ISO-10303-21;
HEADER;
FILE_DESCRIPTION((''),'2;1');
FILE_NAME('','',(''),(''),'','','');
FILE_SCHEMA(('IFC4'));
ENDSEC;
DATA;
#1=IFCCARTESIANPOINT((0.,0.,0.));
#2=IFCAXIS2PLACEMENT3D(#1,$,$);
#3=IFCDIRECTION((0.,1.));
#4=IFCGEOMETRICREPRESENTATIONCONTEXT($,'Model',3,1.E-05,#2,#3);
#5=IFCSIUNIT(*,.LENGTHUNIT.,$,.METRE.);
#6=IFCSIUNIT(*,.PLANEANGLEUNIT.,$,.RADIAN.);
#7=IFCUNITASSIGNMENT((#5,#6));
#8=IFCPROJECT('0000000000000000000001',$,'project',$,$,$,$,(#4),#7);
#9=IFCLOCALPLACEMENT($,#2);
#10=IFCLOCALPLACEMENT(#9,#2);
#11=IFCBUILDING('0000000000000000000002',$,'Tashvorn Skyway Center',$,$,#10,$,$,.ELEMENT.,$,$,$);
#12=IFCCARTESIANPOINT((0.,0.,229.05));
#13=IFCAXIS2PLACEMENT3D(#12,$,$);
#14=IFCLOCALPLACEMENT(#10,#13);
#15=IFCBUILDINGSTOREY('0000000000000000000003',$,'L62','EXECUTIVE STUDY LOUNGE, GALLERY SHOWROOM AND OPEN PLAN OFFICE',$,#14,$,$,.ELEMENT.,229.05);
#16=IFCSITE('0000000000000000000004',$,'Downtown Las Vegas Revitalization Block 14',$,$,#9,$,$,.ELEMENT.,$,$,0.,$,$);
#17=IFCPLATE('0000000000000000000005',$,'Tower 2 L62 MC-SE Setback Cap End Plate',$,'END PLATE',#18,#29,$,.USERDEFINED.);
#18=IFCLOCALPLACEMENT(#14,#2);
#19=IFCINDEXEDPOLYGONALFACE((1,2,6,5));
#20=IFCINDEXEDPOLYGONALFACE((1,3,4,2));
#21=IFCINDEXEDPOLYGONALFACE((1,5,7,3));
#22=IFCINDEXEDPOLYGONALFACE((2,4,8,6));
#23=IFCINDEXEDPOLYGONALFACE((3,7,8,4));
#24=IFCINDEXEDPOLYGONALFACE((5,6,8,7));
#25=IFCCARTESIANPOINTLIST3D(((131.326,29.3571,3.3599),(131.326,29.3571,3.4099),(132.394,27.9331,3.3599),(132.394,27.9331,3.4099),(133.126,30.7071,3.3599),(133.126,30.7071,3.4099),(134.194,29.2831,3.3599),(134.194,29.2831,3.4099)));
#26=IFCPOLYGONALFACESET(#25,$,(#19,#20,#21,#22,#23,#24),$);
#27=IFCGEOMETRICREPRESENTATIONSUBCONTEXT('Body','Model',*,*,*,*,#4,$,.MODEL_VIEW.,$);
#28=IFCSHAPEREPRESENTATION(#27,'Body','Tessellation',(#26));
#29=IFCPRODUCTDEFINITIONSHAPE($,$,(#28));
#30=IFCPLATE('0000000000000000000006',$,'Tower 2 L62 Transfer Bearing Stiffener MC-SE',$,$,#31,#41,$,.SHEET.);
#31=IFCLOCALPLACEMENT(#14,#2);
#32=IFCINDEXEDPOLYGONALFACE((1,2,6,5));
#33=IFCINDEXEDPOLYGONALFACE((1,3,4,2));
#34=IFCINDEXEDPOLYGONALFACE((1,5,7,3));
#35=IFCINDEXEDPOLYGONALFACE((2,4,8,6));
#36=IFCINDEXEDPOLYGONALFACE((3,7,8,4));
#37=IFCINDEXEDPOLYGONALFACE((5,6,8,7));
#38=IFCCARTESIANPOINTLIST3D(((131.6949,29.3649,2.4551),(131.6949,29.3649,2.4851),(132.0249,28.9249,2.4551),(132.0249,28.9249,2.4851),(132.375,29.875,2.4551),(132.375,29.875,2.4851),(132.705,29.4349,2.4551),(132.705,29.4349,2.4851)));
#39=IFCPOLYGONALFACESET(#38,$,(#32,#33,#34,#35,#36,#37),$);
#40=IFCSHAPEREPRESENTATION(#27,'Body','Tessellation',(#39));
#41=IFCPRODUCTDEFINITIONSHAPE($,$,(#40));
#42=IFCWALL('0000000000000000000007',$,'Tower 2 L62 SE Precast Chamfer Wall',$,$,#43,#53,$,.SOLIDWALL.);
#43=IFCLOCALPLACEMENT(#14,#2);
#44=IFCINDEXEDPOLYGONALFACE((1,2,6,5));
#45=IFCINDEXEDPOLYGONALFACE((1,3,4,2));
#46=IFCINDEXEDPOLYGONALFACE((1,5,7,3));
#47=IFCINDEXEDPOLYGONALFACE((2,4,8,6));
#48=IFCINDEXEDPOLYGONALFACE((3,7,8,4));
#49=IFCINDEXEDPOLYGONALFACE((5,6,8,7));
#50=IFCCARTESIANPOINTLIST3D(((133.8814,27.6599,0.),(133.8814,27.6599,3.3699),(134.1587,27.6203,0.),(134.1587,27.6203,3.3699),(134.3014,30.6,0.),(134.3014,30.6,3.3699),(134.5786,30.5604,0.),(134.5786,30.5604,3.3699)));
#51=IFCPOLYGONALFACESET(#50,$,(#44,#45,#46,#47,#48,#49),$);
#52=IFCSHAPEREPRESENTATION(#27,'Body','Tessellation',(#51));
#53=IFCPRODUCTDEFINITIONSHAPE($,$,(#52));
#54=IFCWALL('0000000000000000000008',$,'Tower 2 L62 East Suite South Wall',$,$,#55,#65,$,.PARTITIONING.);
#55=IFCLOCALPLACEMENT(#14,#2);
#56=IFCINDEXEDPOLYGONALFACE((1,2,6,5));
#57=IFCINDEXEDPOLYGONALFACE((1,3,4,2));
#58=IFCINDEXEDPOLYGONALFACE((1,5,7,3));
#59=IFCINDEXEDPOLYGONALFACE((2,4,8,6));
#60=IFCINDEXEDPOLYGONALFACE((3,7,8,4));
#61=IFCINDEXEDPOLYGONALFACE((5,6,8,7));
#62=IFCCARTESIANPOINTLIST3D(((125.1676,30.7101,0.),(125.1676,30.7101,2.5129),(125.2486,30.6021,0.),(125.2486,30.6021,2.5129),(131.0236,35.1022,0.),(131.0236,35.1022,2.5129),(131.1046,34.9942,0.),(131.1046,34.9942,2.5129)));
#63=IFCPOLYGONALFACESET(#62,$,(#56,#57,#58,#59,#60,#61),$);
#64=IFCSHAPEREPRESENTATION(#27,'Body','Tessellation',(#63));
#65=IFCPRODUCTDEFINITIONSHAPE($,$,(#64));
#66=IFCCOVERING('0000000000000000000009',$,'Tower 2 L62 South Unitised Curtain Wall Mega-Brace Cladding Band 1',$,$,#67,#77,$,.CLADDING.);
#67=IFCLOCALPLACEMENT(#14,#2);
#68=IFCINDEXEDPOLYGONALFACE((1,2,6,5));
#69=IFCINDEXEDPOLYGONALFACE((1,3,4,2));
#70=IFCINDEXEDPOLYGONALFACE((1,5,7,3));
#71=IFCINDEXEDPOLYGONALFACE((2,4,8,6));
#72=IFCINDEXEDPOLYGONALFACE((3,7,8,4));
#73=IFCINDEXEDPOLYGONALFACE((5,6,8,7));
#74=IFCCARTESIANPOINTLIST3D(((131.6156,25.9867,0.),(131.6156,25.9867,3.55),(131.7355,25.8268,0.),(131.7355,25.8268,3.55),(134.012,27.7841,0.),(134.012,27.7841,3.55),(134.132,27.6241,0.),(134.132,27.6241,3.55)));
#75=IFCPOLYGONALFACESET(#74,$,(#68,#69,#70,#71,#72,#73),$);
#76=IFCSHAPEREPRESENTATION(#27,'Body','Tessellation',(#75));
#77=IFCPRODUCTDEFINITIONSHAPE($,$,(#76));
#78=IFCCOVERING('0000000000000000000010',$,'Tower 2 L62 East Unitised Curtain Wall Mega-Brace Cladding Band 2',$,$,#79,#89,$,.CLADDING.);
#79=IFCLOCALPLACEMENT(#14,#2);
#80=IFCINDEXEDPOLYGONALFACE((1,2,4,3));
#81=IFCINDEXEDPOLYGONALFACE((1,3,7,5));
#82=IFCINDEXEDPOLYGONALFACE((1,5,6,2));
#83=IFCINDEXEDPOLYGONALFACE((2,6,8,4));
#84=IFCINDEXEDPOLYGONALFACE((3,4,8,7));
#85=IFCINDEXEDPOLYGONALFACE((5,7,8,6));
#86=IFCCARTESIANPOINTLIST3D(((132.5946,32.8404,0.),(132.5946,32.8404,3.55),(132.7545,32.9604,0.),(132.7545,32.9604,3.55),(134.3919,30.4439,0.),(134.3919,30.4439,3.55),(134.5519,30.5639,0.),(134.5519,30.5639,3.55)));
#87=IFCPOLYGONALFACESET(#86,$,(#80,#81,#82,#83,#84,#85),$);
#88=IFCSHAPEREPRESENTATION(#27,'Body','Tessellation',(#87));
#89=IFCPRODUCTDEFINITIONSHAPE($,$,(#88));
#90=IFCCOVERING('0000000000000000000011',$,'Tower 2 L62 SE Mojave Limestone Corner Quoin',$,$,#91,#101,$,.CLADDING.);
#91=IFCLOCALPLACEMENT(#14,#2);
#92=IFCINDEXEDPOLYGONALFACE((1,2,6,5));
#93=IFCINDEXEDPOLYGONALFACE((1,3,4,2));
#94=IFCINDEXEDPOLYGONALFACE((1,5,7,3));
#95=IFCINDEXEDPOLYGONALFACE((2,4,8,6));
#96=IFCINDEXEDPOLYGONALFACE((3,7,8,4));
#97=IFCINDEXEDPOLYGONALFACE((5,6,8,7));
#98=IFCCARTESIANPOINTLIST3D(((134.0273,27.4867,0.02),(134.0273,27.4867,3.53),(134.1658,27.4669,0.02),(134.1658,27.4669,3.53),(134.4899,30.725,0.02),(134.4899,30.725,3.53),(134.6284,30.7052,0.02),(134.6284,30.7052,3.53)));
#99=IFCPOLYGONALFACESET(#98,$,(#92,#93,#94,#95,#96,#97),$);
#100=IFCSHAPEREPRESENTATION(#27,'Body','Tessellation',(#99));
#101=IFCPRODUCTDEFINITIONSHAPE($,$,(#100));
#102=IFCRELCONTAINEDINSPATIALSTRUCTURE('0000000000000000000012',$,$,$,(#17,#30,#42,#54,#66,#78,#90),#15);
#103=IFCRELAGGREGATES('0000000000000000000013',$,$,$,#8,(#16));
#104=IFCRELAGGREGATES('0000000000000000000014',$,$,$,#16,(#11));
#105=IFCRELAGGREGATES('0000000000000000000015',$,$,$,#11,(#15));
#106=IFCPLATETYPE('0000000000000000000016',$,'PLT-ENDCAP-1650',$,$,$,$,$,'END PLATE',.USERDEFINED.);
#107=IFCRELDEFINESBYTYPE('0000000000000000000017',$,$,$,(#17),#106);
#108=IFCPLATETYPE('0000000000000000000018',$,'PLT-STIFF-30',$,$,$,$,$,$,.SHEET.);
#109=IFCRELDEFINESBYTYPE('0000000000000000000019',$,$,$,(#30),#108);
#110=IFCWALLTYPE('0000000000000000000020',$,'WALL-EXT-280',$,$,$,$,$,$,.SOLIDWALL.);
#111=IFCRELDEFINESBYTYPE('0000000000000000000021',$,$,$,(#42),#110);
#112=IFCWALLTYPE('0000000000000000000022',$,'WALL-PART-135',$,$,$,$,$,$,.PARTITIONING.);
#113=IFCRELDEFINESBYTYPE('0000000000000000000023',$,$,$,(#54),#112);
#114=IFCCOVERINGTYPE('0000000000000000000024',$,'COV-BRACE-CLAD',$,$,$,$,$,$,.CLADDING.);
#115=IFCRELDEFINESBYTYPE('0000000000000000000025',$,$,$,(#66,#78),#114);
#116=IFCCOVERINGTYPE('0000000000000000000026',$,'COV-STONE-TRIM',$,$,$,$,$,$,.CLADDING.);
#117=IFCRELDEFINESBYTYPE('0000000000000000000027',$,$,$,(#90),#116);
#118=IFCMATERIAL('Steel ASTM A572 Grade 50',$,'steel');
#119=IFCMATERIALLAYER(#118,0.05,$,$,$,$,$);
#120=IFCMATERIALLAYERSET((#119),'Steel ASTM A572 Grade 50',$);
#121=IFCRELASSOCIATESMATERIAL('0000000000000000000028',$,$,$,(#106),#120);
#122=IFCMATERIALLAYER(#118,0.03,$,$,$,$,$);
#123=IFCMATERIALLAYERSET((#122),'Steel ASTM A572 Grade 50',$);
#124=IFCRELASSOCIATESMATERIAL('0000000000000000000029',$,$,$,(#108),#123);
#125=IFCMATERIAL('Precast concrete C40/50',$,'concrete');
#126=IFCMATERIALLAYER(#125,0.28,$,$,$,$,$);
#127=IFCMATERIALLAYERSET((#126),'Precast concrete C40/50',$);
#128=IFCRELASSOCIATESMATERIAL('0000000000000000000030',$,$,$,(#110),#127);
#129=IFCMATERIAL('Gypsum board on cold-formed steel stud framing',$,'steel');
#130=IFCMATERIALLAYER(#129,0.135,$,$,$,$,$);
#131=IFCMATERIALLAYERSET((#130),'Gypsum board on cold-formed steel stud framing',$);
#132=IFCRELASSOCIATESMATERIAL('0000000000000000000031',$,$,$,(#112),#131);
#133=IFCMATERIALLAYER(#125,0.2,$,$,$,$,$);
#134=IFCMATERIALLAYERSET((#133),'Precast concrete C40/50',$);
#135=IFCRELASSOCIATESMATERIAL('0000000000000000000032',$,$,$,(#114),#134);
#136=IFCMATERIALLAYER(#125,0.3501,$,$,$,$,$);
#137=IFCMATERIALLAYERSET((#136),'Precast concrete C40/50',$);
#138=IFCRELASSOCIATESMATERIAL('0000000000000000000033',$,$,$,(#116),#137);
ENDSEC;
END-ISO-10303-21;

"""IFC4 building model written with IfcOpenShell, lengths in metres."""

from ifc_helpers import new_model, si_unit, direction, frame, frame_2d, origin, origin_2d, place, context, subcontext, project, spatial, rectangle, extrude, material, layer, layer_set, type_object, element, save


model = new_model("IFC4")

# Units and contexts
model_context = context("Model", 3, precision=1e-05, world=origin(), true_north=direction((0.0, 1.0)))
body_context = subcontext(model_context, "Body", "Model", "MODEL_VIEW")
ifc_project = project(units=[si_unit("LENGTHUNIT", "METRE"), si_unit("PLANEANGLEUNIT", "RADIAN")], contexts=[model_context])

# Site, building, storey
site_placement = place(None, origin())
site = spatial("IfcSite", under=ifc_project, at=site_placement, Name="Downtown Las Vegas Revitalization Block 14", CompositionType="ELEMENT", RefElevation=0.0)
building_placement = place(site_placement, origin())
building = spatial("IfcBuilding", under=site, at=building_placement, Name="Tashvorn Skyway Center", CompositionType="ELEMENT")
storey_placement = place(building_placement, frame((0.0, 0.0, 229.05)))
storey = spatial("IfcBuildingStorey", under=building, at=storey_placement, Name="L62", Description="EXECUTIVE STUDY LOUNGE, GALLERY SHOWROOM AND OPEN PLAN OFFICE", CompositionType="ELEMENT", Elevation=229.05)

# Shared definitions
ifc_material_1 = material(Name="Steel ASTM A572 Grade 50", Category="steel")

# Plates
ifc_layer_1 = layer(ifc_material_1, 0.05)
ifc_layer_set_1 = layer_set([ifc_layer_1], Name="Steel ASTM A572 Grade 50")
plate_type_1 = type_object("IfcPlateType", Name="PLT-ENDCAP-1650", ElementType="END PLATE", PredefinedType="USERDEFINED", material=ifc_layer_set_1)
plate_1_placement = place(storey_placement, frame((132.76, 29.3201, 3.3599), z_axis=(0.0, 0.0, 1.0), x_axis=(0.8, 0.6, 0.0)))
element("IfcPlate", 1, at=plate_1_placement, inside=storey, type_object=plate_type_1, Name="Tower 2 L62 MC-SE Setback Cap End Plate", ObjectType="END PLATE", PredefinedType="USERDEFINED", context=body_context, shape_type="SweptSolid", body=[
    extrude(rectangle(XDim=2.25, YDim=1.78, at=origin_2d()), origin(), (0.0, 0.0, 1.0), 0.05),
])
ifc_layer_2 = layer(ifc_material_1, 0.03)
ifc_layer_set_2 = layer_set([ifc_layer_2], Name="Steel ASTM A572 Grade 50")
plate_type_2 = type_object("IfcPlateType", Name="PLT-STIFF-30", PredefinedType="SHEET", material=ifc_layer_set_2)
plate_2_placement = place(storey_placement, frame((132.2, 29.3999, 2.4551), z_axis=(0.0, 0.0, 1.0), x_axis=(0.8, 0.6, 0.0)))
element("IfcPlate", 2, at=plate_2_placement, inside=storey, type_object=plate_type_2, Name="Tower 2 L62 Transfer Bearing Stiffener MC-SE", PredefinedType="SHEET", context=body_context, shape_type="SweptSolid", body=[
    extrude(rectangle(XDim=0.8501, YDim=0.55, at=origin_2d()), origin(), (0.0, 0.0, 1.0), 0.03),
])

# Walls
ifc_material_2 = material(Name="Precast concrete C40/50", Category="concrete")
ifc_layer_3 = layer(ifc_material_2, 0.28)
ifc_layer_set_3 = layer_set([ifc_layer_3], Name="Precast concrete C40/50")
wall_type_1 = type_object("IfcWallType", Name="WALL-EXT-280", PredefinedType="SOLIDWALL", material=ifc_layer_set_3)
wall_1_placement = place(storey_placement, frame((134.4399, 30.5801, 0.0), z_axis=(0.0, 0.0, 1.0), x_axis=(-0.141387, -0.989954, 0.0)))
element("IfcWall", 3, at=wall_1_placement, inside=storey, type_object=wall_type_1, Name="Tower 2 L62 SE Precast Chamfer Wall", PredefinedType="SOLIDWALL", context=body_context, shape_type="SweptSolid", body=[
    extrude(rectangle(XDim=2.97, YDim=0.28, at=frame_2d((1.4849, 0.0))), origin(), (0.0, 0.0, 1.0), 3.3699),
])
ifc_material_3 = material(Name="Gypsum board on cold-formed steel stud framing", Category="steel")
ifc_layer_4 = layer(ifc_material_3, 0.135)
ifc_layer_set_4 = layer_set([ifc_layer_4], Name="Gypsum board on cold-formed steel stud framing")
wall_type_2 = type_object("IfcWallType", Name="WALL-PART-135", PredefinedType="PARTITIONING", material=ifc_layer_set_4)
wall_2_placement = place(storey_placement, frame((125.208, 30.656, 0.0), z_axis=(0.0, 0.0, 1.0), x_axis=(0.799992, 0.600011, 0.0)))
element("IfcWall", 4, at=wall_2_placement, inside=storey, type_object=wall_type_2, Name="Tower 2 L62 East Suite South Wall", PredefinedType="PARTITIONING", context=body_context, shape_type="SweptSolid", body=[
    extrude(rectangle(XDim=7.3201, YDim=0.135, at=frame_2d((3.6602, 0.0))), origin(), (0.0, 0.0, 1.0), 2.5129),
])

# Coverings
ifc_layer_5 = layer(ifc_material_2, 0.2)
ifc_layer_set_5 = layer_set([ifc_layer_5], Name="Precast concrete C40/50")
covering_type_1 = type_object("IfcCoveringType", Name="COV-BRACE-CLAD", PredefinedType="CLADDING", material=ifc_layer_set_5)
for number, where, z_axis, x_axis, name in (
    (5, (132.8738, 26.8054, 0.0), (0.0, 0.0, 1.0), (-0.8, -0.6, 0.0), "Tower 2 L62 South Unitised Curtain Wall Mega-Brace Cladding Band 1"),
    (6, (133.5732, 31.7021, 0.0), (0.0, 0.0, 1.0), (0.6, -0.8, 0.0), "Tower 2 L62 East Unitised Curtain Wall Mega-Brace Cladding Band 2"),
):
    element("IfcCovering", number, at=place(storey_placement, frame(where, z_axis=z_axis, x_axis=x_axis)), inside=storey, type_object=covering_type_1, Name=name, PredefinedType="CLADDING", context=body_context, shape_type="SweptSolid", body=[
        extrude(rectangle(XDim=2.9956, YDim=0.2, at=origin_2d()), origin(), (0.0, 0.0, 1.0), 3.55),
    ])
ifc_layer_6 = layer(ifc_material_2, 0.3501)
ifc_layer_set_6 = layer_set([ifc_layer_6], Name="Precast concrete C40/50")
covering_type_2 = type_object("IfcCoveringType", Name="COV-STONE-TRIM", PredefinedType="CLADDING", material=ifc_layer_set_6)
covering_placement = place(storey_placement, frame((134.3279, 29.0959, 0.02), z_axis=(0.0, 0.0, 1.0), x_axis=(0.141421, 0.989949, 0.0)))
element("IfcCovering", 7, at=covering_placement, inside=storey, type_object=covering_type_2, Name="Tower 2 L62 SE Mojave Limestone Corner Quoin", PredefinedType="CLADDING", context=body_context, shape_type="SweptSolid", body=[
    extrude(rectangle(XDim=3.2712, YDim=0.1399, at=origin_2d()), origin(), (0.0, 0.0, 1.0), 3.51),
])

save(model, "model.ifc")
